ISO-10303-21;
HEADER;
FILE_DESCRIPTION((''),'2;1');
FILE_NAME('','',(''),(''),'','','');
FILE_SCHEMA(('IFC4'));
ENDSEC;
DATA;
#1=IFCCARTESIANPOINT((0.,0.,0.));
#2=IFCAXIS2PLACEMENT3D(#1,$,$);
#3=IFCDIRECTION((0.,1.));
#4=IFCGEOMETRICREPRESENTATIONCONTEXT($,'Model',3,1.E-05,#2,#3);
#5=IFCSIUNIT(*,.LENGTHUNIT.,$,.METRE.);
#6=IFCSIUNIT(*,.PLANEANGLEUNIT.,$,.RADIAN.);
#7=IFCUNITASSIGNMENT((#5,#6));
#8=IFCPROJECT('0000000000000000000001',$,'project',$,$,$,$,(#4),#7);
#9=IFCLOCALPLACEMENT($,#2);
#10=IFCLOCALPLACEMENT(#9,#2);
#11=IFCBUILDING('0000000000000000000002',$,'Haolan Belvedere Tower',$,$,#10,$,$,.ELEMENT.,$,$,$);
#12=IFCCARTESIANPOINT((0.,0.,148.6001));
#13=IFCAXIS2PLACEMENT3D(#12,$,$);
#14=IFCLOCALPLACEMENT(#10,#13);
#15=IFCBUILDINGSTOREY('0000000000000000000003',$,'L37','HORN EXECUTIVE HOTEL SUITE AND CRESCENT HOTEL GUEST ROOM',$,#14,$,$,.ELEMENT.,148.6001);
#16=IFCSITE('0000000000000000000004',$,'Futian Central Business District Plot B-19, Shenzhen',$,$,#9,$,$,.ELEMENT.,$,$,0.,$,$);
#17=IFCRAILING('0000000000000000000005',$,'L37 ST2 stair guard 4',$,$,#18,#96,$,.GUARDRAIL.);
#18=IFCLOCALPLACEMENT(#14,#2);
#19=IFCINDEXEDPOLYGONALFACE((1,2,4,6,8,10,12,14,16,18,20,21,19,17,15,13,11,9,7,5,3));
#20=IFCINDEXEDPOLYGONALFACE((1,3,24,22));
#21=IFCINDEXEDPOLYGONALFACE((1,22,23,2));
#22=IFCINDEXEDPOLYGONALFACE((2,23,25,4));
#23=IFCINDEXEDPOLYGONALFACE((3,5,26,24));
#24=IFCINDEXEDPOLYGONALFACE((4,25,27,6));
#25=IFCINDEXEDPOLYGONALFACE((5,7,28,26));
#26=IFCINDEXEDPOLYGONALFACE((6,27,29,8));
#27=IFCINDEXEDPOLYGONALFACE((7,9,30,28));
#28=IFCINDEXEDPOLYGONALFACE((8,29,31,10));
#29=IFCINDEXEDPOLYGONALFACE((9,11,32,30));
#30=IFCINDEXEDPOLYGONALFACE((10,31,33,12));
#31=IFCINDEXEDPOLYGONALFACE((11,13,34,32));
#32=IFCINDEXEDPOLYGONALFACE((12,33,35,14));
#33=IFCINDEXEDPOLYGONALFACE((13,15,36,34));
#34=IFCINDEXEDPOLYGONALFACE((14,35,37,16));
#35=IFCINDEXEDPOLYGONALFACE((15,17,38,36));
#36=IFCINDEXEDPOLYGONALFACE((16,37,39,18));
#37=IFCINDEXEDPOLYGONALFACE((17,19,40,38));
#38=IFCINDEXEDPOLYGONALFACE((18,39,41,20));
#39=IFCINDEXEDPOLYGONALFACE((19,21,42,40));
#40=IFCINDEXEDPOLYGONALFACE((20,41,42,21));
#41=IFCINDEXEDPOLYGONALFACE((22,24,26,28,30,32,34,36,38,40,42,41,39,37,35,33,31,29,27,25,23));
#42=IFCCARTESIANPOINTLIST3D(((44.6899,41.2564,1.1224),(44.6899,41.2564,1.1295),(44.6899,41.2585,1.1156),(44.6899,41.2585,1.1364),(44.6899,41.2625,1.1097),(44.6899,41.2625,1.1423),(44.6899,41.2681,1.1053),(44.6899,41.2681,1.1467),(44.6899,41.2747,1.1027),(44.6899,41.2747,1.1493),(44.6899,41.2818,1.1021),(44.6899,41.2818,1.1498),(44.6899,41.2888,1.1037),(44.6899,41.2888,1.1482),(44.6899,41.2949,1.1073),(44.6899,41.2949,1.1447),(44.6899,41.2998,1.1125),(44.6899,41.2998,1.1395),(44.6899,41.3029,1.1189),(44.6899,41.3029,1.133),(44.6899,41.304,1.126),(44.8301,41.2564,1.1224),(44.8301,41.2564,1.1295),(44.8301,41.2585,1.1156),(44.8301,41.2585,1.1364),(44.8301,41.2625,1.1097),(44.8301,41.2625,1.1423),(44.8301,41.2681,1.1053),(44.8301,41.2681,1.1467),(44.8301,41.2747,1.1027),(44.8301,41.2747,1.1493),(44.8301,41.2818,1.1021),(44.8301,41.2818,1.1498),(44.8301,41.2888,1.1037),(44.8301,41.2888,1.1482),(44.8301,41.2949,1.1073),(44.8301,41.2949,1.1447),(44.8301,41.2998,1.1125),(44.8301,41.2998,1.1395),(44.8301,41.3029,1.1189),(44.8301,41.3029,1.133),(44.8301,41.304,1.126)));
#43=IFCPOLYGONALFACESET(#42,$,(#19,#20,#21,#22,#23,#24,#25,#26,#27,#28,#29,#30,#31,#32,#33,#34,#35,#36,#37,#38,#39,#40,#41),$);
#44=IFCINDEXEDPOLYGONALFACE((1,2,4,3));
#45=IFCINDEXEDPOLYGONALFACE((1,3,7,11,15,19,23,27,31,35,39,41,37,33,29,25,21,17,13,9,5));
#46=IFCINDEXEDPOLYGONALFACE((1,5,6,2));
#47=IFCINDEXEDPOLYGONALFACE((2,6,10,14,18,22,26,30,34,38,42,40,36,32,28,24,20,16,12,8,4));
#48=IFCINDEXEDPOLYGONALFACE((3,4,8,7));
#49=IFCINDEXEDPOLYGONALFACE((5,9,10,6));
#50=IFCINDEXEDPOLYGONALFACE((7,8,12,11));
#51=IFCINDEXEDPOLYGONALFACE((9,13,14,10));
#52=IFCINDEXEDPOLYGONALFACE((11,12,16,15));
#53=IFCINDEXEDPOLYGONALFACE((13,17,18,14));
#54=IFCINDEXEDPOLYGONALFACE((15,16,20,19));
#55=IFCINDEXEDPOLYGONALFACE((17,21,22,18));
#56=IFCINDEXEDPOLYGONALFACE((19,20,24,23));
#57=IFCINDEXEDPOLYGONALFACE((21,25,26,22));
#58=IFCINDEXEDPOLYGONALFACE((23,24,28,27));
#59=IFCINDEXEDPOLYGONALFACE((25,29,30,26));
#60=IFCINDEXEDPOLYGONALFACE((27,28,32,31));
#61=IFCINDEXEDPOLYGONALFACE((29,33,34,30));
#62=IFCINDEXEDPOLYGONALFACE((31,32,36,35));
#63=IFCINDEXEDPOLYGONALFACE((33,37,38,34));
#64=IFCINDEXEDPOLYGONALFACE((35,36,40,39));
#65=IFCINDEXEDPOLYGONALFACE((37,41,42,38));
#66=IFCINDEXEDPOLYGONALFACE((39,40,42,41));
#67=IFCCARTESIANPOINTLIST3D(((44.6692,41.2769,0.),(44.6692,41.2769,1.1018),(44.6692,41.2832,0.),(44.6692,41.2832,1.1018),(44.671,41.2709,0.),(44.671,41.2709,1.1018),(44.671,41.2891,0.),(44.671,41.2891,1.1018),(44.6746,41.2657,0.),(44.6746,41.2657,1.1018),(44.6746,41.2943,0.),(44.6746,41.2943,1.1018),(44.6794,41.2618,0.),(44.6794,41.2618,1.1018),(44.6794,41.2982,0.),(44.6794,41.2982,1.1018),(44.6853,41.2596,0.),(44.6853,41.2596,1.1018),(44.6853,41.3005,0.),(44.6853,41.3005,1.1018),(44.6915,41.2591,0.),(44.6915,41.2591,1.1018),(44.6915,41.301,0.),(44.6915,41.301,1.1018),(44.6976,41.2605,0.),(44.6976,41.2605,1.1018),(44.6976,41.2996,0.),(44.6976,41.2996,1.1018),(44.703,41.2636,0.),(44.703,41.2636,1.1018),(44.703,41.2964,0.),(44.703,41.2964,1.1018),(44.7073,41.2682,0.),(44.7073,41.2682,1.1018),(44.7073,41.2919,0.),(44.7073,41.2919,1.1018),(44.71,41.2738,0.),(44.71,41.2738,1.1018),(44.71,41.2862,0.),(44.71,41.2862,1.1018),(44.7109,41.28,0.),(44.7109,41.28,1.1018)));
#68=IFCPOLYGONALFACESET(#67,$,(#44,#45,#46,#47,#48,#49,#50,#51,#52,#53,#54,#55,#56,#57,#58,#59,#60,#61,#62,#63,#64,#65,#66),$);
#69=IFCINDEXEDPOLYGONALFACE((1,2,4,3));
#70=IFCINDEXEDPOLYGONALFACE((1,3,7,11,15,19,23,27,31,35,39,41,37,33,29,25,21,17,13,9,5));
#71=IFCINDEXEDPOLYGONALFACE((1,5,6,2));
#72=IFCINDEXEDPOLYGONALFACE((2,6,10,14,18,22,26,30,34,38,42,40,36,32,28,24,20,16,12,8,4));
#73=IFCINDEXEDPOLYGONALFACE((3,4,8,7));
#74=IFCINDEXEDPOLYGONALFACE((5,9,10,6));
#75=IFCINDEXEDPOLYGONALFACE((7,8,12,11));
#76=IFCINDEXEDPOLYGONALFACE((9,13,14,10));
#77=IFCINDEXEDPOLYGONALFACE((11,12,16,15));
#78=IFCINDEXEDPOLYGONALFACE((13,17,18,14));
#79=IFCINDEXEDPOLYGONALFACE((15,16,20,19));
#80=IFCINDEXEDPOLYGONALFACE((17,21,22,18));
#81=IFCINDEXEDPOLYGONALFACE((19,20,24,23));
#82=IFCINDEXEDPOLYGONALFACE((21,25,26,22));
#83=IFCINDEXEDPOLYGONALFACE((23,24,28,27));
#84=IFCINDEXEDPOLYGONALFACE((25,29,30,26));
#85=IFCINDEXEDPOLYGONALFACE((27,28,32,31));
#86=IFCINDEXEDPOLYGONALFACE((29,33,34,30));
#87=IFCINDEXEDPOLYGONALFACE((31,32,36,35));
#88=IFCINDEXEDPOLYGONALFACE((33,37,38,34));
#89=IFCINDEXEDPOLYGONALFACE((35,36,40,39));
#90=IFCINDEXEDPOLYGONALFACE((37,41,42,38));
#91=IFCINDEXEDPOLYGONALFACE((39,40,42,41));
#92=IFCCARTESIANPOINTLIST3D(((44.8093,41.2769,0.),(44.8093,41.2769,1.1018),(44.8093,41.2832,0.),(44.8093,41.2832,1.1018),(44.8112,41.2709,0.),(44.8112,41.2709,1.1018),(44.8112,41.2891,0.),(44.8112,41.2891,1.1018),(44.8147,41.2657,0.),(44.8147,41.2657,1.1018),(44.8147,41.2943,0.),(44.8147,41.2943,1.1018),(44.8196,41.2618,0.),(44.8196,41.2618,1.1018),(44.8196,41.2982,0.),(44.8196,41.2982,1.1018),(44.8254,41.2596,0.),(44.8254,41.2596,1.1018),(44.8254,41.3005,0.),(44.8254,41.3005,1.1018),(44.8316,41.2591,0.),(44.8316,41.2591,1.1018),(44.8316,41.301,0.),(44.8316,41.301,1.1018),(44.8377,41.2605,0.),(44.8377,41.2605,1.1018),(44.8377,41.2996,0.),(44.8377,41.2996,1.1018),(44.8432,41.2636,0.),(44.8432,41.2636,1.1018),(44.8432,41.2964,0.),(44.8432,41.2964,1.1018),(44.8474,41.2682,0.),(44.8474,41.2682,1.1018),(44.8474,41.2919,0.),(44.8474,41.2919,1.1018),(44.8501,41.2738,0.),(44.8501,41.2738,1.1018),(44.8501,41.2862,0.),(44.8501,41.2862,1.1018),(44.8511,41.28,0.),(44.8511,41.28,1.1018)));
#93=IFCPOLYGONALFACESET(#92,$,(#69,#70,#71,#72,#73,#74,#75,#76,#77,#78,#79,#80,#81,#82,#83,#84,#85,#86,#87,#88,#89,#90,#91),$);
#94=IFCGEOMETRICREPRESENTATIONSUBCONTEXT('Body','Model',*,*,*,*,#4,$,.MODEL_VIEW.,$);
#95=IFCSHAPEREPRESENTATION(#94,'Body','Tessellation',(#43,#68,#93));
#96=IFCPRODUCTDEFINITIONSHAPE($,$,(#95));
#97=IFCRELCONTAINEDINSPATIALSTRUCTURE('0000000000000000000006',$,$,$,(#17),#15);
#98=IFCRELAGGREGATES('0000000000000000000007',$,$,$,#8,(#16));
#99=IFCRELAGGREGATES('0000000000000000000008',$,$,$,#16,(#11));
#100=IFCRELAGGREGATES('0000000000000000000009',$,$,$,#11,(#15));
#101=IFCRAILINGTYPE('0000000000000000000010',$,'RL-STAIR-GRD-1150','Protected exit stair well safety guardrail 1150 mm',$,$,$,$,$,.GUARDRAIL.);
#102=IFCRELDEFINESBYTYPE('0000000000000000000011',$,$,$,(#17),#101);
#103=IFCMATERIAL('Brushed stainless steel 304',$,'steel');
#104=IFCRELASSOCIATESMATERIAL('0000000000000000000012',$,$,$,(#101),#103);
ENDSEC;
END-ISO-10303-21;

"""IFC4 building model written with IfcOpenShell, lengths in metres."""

from ifc_helpers import new_model, si_unit, direction, frame, origin, origin_2d, place, context, subcontext, project, spatial, circle, extrude, material, type_object, element, save


model = new_model("IFC4")

# Units and contexts
model_context = context("Model", 3, precision=1e-05, world=origin(), true_north=direction((0.0, 1.0)))
body_context = subcontext(model_context, "Body", "Model", "MODEL_VIEW")
ifc_project = project(units=[si_unit("LENGTHUNIT", "METRE"), si_unit("PLANEANGLEUNIT", "RADIAN")], contexts=[model_context])

# Site, building, storey
site_placement = place(None, origin())
site = spatial("IfcSite", under=ifc_project, at=site_placement, Name="Futian Central Business District Plot B-19, Shenzhen", CompositionType="ELEMENT", RefElevation=0.0)
building_placement = place(site_placement, origin())
building = spatial("IfcBuilding", under=site, at=building_placement, Name="Haolan Belvedere Tower", CompositionType="ELEMENT")
storey_placement = place(building_placement, frame((0.0, 0.0, 148.6001)))
storey = spatial("IfcBuildingStorey", under=building, at=storey_placement, Name="L37", Description="HORN EXECUTIVE HOTEL SUITE AND CRESCENT HOTEL GUEST ROOM", CompositionType="ELEMENT", Elevation=148.6001)

# Railing
ifc_material_1 = material(Name="Brushed stainless steel 304", Category="steel")
railing_type_1 = type_object("IfcRailingType", Name="RL-STAIR-GRD-1150", Description="Protected exit stair well safety guardrail 1150 mm", PredefinedType="GUARDRAIL", material=ifc_material_1)
railing_1_placement = place(storey_placement, frame((44.6899, 41.28, 0.0)))
element("IfcRailing", 1, at=railing_1_placement, inside=storey, type_object=railing_type_1, Name="L37 ST2 stair guard 4", PredefinedType="GUARDRAIL", context=body_context, shape_type="SweptSolid", body=[
    extrude(circle(Radius=0.0239, at=origin_2d()), frame((0.0, 0.0, 1.126), z_axis=(1.0, 0.0, 0.0), x_axis=(0.0, 1.0, 0.0)), (0.0, 0.0, 1.0), 0.1401),
    extrude(circle(Radius=0.021, at=origin_2d()), origin(), (0.0, 0.0, 1.0), 1.1018),
    extrude(circle(Radius=0.021, at=origin_2d()), frame((0.1401, 0.0, 0.0)), (0.0, 0.0, 1.0), 1.1018),
])

save(model, "model.ifc")
